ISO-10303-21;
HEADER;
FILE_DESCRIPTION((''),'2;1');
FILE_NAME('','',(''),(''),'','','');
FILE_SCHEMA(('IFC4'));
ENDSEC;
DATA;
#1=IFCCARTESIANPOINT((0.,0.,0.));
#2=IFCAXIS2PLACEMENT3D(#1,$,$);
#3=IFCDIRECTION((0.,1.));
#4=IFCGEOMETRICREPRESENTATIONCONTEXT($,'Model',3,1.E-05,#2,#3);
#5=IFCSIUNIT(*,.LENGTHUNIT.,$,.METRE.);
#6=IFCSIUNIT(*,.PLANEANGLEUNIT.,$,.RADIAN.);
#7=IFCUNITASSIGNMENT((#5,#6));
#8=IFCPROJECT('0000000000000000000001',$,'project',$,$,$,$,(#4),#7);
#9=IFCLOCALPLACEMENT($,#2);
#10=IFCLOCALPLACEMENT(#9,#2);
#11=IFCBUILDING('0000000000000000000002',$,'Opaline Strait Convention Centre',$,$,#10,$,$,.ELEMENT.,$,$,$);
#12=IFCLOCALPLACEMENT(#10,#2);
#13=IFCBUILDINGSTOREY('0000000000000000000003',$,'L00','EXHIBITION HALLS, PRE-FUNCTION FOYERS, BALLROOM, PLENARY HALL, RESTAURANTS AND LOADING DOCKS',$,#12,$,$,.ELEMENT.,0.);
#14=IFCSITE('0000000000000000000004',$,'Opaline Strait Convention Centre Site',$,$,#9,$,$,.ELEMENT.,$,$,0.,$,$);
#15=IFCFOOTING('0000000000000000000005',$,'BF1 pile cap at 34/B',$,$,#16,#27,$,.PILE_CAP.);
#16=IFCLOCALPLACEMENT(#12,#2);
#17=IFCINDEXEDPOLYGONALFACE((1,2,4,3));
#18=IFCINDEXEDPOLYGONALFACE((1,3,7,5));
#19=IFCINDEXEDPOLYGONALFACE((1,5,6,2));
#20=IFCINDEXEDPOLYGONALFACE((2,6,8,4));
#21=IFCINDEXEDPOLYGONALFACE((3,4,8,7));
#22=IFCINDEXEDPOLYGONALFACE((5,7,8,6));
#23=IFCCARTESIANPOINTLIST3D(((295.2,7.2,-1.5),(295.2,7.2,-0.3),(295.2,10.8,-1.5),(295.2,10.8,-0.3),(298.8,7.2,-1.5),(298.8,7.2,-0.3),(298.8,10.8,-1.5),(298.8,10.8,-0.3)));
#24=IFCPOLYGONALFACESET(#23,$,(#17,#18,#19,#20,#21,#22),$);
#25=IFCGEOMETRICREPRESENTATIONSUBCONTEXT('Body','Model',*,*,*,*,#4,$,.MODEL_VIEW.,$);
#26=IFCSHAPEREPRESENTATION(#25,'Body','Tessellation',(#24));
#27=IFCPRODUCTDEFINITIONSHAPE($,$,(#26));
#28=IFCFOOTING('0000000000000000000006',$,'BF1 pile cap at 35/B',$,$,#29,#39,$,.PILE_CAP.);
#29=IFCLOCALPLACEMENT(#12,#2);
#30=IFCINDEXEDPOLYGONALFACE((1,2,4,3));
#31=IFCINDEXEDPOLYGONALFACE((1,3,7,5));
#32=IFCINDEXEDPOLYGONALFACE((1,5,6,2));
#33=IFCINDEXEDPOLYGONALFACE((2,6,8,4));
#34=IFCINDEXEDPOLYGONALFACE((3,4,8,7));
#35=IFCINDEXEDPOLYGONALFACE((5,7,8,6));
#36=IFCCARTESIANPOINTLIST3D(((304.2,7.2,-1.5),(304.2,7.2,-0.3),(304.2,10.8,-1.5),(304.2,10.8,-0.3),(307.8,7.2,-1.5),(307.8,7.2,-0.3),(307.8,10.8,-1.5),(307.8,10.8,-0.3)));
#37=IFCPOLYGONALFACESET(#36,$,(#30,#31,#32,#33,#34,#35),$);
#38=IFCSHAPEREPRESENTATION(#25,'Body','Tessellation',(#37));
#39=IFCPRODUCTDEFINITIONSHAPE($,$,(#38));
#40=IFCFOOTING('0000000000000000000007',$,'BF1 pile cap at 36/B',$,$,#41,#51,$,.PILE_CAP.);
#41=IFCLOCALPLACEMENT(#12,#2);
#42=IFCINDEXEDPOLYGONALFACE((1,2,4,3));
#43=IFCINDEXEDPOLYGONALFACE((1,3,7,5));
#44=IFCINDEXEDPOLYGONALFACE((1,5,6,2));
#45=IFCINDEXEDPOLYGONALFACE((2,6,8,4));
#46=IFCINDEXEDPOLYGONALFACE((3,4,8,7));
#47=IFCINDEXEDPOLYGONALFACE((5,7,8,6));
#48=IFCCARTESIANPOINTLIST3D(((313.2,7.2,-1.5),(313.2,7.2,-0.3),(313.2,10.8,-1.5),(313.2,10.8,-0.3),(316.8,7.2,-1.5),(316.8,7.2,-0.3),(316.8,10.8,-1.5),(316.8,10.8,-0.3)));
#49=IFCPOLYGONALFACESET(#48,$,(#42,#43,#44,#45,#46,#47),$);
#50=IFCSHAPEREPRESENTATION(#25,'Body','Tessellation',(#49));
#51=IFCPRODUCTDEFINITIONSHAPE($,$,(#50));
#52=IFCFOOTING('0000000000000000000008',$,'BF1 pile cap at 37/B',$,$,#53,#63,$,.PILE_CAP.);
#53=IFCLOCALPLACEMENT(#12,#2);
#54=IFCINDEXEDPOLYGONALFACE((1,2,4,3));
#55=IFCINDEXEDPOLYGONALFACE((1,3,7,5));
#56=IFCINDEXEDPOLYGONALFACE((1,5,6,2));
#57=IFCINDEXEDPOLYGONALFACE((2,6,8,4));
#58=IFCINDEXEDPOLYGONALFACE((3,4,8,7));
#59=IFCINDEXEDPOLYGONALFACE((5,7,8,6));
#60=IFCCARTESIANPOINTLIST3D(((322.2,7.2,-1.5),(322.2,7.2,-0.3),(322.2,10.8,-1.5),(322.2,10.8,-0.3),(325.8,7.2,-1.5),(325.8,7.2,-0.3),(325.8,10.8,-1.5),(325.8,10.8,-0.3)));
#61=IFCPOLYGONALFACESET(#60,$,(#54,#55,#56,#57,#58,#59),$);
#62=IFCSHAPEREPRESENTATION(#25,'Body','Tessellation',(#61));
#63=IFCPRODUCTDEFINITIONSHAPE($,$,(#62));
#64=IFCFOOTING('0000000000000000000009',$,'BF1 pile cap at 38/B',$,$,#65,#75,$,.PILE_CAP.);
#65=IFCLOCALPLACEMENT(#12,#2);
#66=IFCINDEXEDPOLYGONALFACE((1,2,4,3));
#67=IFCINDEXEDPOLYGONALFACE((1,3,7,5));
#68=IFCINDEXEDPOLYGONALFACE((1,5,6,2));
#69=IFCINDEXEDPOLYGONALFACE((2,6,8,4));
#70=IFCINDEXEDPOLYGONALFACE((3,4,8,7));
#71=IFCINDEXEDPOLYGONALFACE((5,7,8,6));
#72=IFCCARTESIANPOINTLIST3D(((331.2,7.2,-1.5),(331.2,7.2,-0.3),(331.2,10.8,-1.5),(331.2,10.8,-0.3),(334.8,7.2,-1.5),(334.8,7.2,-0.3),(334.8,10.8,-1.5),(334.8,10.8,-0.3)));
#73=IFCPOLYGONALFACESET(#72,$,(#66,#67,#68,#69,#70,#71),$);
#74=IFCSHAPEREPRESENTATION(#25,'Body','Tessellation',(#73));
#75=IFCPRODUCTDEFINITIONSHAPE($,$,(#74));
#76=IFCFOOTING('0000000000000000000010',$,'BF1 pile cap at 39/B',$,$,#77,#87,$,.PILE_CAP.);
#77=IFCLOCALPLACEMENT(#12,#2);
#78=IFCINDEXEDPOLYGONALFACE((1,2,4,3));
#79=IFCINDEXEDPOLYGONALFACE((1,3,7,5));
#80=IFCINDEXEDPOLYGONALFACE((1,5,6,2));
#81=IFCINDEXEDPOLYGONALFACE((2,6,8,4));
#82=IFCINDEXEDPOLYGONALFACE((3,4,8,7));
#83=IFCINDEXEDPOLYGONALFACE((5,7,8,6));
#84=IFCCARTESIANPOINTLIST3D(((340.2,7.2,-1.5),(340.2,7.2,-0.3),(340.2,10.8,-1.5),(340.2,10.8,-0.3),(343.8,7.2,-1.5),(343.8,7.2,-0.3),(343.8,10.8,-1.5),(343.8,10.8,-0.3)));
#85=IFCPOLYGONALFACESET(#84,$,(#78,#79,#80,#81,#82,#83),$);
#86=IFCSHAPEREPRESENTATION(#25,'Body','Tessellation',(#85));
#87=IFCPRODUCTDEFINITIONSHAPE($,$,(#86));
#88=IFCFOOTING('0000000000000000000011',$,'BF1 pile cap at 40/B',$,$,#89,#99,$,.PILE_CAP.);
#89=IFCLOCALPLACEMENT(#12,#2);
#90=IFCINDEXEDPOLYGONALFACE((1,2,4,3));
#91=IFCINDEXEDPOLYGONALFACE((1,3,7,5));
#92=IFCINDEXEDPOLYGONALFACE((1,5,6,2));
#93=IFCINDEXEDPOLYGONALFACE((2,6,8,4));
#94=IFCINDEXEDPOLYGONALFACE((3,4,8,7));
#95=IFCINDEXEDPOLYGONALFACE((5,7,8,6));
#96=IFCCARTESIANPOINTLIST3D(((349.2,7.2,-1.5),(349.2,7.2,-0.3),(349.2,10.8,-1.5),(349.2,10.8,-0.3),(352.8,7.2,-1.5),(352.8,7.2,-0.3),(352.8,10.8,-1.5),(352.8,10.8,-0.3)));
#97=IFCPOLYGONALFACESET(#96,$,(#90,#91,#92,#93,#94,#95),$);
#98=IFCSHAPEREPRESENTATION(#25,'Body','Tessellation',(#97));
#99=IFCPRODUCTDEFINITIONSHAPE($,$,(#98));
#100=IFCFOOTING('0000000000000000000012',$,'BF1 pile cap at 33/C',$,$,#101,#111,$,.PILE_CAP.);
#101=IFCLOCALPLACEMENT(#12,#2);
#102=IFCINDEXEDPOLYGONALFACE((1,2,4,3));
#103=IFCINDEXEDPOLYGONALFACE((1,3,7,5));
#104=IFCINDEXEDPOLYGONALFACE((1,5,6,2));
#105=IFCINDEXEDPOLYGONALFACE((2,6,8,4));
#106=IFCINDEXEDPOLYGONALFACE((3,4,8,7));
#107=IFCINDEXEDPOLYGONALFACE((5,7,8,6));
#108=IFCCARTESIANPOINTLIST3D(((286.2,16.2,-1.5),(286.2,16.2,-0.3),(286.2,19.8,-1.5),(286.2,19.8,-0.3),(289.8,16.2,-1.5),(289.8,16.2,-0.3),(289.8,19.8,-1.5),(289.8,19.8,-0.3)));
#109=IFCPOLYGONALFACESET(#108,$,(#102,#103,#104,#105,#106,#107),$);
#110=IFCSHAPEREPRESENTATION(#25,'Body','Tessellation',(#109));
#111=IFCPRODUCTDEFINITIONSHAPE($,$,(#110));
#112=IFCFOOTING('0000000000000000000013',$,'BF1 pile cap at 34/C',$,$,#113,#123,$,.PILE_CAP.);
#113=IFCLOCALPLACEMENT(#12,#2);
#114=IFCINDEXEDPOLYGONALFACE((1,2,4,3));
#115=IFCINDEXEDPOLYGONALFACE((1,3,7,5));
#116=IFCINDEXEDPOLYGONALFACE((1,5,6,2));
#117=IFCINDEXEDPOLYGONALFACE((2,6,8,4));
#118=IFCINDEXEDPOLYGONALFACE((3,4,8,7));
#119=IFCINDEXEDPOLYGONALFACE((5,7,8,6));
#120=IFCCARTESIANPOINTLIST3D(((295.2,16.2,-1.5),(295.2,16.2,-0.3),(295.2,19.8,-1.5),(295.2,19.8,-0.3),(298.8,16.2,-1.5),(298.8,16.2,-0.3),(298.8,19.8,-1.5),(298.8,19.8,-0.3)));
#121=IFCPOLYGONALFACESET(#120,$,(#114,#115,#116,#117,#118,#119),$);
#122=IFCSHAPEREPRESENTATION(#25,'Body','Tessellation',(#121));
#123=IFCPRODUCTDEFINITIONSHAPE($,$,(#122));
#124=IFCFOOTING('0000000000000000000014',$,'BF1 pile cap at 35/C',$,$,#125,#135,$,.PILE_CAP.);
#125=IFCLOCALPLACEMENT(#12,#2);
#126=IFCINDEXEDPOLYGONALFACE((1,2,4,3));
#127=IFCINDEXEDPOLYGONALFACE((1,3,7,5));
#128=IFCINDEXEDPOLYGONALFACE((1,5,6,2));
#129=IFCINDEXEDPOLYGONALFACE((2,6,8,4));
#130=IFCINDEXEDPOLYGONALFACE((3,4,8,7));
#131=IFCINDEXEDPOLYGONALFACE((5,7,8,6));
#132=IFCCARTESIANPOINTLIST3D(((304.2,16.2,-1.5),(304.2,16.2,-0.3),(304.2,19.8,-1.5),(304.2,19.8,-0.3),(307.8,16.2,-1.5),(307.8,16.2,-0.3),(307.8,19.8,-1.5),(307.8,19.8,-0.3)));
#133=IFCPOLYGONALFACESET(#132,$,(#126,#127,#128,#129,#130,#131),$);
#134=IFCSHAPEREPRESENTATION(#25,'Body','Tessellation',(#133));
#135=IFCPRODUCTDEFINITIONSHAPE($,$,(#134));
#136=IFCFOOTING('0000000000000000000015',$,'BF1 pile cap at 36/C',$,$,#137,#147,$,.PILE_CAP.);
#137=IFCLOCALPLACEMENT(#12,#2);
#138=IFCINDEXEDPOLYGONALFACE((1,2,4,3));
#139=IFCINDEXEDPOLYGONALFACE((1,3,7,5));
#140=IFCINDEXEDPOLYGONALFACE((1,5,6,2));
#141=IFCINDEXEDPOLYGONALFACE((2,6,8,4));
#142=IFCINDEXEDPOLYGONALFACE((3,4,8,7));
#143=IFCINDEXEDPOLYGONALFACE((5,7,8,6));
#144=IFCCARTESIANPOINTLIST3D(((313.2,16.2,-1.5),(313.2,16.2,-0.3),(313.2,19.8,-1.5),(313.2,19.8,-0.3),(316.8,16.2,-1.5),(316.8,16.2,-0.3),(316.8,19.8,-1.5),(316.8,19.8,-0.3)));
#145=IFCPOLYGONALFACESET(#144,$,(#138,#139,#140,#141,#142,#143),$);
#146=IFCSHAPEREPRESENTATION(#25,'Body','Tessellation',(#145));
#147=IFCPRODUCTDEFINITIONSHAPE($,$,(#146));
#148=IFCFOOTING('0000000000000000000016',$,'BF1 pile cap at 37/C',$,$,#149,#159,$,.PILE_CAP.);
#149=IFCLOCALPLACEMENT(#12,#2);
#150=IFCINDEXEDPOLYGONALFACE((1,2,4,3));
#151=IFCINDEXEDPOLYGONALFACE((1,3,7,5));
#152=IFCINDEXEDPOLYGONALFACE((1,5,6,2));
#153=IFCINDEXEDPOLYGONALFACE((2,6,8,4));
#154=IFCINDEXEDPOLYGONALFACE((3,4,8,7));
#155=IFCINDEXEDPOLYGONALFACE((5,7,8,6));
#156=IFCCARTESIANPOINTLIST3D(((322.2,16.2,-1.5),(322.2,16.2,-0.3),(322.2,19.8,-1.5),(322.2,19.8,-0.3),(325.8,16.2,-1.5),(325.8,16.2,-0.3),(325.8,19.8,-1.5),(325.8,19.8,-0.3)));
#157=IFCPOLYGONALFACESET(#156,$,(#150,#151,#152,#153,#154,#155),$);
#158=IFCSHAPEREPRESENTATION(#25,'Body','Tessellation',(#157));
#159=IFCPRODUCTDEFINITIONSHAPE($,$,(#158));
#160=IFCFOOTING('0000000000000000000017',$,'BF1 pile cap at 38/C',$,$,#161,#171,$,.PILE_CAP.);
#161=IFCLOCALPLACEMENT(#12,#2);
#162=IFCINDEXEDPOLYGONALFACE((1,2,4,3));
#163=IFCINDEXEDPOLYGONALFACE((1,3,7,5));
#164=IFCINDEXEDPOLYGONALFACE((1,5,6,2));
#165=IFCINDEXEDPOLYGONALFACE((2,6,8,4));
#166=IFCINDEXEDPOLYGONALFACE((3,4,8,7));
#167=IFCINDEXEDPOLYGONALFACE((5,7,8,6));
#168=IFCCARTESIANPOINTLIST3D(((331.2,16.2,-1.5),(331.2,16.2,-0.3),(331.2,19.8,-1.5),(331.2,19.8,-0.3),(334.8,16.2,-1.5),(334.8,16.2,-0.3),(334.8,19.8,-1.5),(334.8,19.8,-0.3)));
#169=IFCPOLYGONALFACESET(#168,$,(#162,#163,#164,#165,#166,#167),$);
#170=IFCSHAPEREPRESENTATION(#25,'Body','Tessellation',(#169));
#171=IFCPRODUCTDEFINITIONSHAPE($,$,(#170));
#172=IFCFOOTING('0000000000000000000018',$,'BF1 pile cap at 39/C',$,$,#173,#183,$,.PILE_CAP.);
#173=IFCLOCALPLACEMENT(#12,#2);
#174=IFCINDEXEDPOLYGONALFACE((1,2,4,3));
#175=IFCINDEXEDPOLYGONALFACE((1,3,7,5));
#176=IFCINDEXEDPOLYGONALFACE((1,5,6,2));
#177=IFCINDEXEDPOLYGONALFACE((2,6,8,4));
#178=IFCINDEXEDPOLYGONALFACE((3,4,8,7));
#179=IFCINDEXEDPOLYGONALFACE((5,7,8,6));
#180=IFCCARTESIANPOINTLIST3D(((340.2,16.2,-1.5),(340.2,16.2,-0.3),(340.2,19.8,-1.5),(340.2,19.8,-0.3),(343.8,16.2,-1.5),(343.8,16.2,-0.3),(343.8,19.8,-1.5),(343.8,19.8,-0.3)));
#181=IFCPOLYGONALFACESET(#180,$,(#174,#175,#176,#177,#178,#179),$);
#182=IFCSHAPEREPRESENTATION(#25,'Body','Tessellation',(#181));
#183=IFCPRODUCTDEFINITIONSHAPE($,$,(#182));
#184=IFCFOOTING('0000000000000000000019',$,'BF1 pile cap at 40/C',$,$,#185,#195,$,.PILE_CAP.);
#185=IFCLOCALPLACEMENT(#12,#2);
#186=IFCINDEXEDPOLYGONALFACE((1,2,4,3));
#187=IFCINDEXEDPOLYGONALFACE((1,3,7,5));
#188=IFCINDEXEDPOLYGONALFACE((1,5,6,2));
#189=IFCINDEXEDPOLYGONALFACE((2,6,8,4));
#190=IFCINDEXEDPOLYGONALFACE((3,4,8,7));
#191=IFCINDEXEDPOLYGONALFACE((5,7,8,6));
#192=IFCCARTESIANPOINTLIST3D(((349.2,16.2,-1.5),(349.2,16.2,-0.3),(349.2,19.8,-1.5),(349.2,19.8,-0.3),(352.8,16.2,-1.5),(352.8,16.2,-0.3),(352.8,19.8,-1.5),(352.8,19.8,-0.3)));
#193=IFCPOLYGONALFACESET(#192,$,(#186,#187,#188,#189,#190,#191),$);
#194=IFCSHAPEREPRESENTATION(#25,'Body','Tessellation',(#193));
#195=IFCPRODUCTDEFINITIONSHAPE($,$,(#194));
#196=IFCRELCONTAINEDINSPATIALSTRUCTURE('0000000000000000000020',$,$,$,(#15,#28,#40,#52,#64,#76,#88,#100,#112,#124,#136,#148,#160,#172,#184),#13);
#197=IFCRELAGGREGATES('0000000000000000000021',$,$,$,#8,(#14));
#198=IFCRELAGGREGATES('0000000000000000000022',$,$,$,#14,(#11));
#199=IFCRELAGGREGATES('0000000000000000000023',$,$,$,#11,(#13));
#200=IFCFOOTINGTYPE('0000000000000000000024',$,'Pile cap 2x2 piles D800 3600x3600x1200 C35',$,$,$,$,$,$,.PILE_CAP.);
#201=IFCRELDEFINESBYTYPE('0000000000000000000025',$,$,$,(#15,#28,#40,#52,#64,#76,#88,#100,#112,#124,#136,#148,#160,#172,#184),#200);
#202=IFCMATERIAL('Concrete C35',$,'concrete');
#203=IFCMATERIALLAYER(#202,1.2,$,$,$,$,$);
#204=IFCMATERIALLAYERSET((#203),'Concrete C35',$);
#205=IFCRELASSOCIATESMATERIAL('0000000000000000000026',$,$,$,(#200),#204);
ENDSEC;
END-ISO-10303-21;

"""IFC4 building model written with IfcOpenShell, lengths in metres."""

from ifc_helpers import new_model, si_unit, direction, frame, origin, place, context, subcontext, project, spatial, polyline, outline, extrude, material, layer, layer_set, type_object, element, save


model = new_model("IFC4")

# Units and contexts
model_context = context("Model", 3, precision=1e-05, world=origin(), true_north=direction((0.0, 1.0)))
body_context = subcontext(model_context, "Body", "Model", "MODEL_VIEW")
ifc_project = project(units=[si_unit("LENGTHUNIT", "METRE"), si_unit("PLANEANGLEUNIT", "RADIAN")], contexts=[model_context])

# Site, building, storey
site_placement = place(None, origin())
site = spatial("IfcSite", under=ifc_project, at=site_placement, Name="Opaline Strait Convention Centre Site", CompositionType="ELEMENT", RefElevation=0.0)
building_placement = place(site_placement, origin())
building = spatial("IfcBuilding", under=site, at=building_placement, Name="Opaline Strait Convention Centre", CompositionType="ELEMENT")
storey_placement = place(building_placement, origin())
storey = spatial("IfcBuildingStorey", under=building, at=storey_placement, Name="L00", Description="EXHIBITION HALLS, PRE-FUNCTION FOYERS, BALLROOM, PLENARY HALL, RESTAURANTS AND LOADING DOCKS", CompositionType="ELEMENT", Elevation=0.0)

# Footings
ifc_material = material(Name="Concrete C35", Category="concrete")
ifc_layer = layer(ifc_material, 1.2)
ifc_layer_set = layer_set([ifc_layer], Name="Concrete C35")
footing_type = type_object("IfcFootingType", Name="Pile cap 2x2 piles D800 3600x3600x1200 C35", PredefinedType="PILE_CAP", material=ifc_layer_set)
footing_1_placement = place(storey_placement, frame((0.0, 0.0, -1.5)))
element("IfcFooting", 1, at=footing_1_placement, inside=storey, type_object=footing_type, Name="BF1 pile cap at 34/B", PredefinedType="PILE_CAP", context=body_context, shape_type="SweptSolid", body=[
    extrude(outline(polyline([(295.2, 7.2), (298.8, 7.2), (298.8, 10.8), (295.2, 10.8), (295.2, 7.2)])), origin(), (0.0, 0.0, 1.0), 1.2),
])
footing_2_placement = place(storey_placement, frame((0.0, 0.0, -1.5)))
element("IfcFooting", 2, at=footing_2_placement, inside=storey, type_object=footing_type, Name="BF1 pile cap at 35/B", PredefinedType="PILE_CAP", context=body_context, shape_type="SweptSolid", body=[
    extrude(outline(polyline([(304.2, 7.2), (307.8, 7.2), (307.8, 10.8), (304.2, 10.8), (304.2, 7.2)])), origin(), (0.0, 0.0, 1.0), 1.2),
])
footing_3_placement = place(storey_placement, frame((0.0, 0.0, -1.5)))
element("IfcFooting", 3, at=footing_3_placement, inside=storey, type_object=footing_type, Name="BF1 pile cap at 36/B", PredefinedType="PILE_CAP", context=body_context, shape_type="SweptSolid", body=[
    extrude(outline(polyline([(313.2, 7.2), (316.8, 7.2), (316.8, 10.8), (313.2, 10.8), (313.2, 7.2)])), origin(), (0.0, 0.0, 1.0), 1.2),
])
footing_4_placement = place(storey_placement, frame((0.0, 0.0, -1.5)))
element("IfcFooting", 4, at=footing_4_placement, inside=storey, type_object=footing_type, Name="BF1 pile cap at 37/B", PredefinedType="PILE_CAP", context=body_context, shape_type="SweptSolid", body=[
    extrude(outline(polyline([(322.2, 7.2), (325.8, 7.2), (325.8, 10.8), (322.2, 10.8), (322.2, 7.2)])), origin(), (0.0, 0.0, 1.0), 1.2),
])
footing_5_placement = place(storey_placement, frame((0.0, 0.0, -1.5)))
element("IfcFooting", 5, at=footing_5_placement, inside=storey, type_object=footing_type, Name="BF1 pile cap at 38/B", PredefinedType="PILE_CAP", context=body_context, shape_type="SweptSolid", body=[
    extrude(outline(polyline([(331.2, 7.2), (334.8, 7.2), (334.8, 10.8), (331.2, 10.8), (331.2, 7.2)])), origin(), (0.0, 0.0, 1.0), 1.2),
])
footing_6_placement = place(storey_placement, frame((0.0, 0.0, -1.5)))
element("IfcFooting", 6, at=footing_6_placement, inside=storey, type_object=footing_type, Name="BF1 pile cap at 39/B", PredefinedType="PILE_CAP", context=body_context, shape_type="SweptSolid", body=[
    extrude(outline(polyline([(340.2, 7.2), (343.8, 7.2), (343.8, 10.8), (340.2, 10.8), (340.2, 7.2)])), origin(), (0.0, 0.0, 1.0), 1.2),
])
footing_7_placement = place(storey_placement, frame((0.0, 0.0, -1.5)))
element("IfcFooting", 7, at=footing_7_placement, inside=storey, type_object=footing_type, Name="BF1 pile cap at 40/B", PredefinedType="PILE_CAP", context=body_context, shape_type="SweptSolid", body=[
    extrude(outline(polyline([(349.2, 7.2), (352.8, 7.2), (352.8, 10.8), (349.2, 10.8), (349.2, 7.2)])), origin(), (0.0, 0.0, 1.0), 1.2),
])
footing_8_placement = place(storey_placement, frame((0.0, 0.0, -1.5)))
element("IfcFooting", 8, at=footing_8_placement, inside=storey, type_object=footing_type, Name="BF1 pile cap at 33/C", PredefinedType="PILE_CAP", context=body_context, shape_type="SweptSolid", body=[
    extrude(outline(polyline([(286.2, 16.2), (289.8, 16.2), (289.8, 19.8), (286.2, 19.8), (286.2, 16.2)])), origin(), (0.0, 0.0, 1.0), 1.2),
])
footing_9_placement = place(storey_placement, frame((0.0, 0.0, -1.5)))
element("IfcFooting", 9, at=footing_9_placement, inside=storey, type_object=footing_type, Name="BF1 pile cap at 34/C", PredefinedType="PILE_CAP", context=body_context, shape_type="SweptSolid", body=[
    extrude(outline(polyline([(295.2, 16.2), (298.8, 16.2), (298.8, 19.8), (295.2, 19.8), (295.2, 16.2)])), origin(), (0.0, 0.0, 1.0), 1.2),
])
footing_10_placement = place(storey_placement, frame((0.0, 0.0, -1.5)))
element("IfcFooting", 10, at=footing_10_placement, inside=storey, type_object=footing_type, Name="BF1 pile cap at 35/C", PredefinedType="PILE_CAP", context=body_context, shape_type="SweptSolid", body=[
    extrude(outline(polyline([(304.2, 16.2), (307.8, 16.2), (307.8, 19.8), (304.2, 19.8), (304.2, 16.2)])), origin(), (0.0, 0.0, 1.0), 1.2),
])
footing_11_placement = place(storey_placement, frame((0.0, 0.0, -1.5)))
element("IfcFooting", 11, at=footing_11_placement, inside=storey, type_object=footing_type, Name="BF1 pile cap at 36/C", PredefinedType="PILE_CAP", context=body_context, shape_type="SweptSolid", body=[
    extrude(outline(polyline([(313.2, 16.2), (316.8, 16.2), (316.8, 19.8), (313.2, 19.8), (313.2, 16.2)])), origin(), (0.0, 0.0, 1.0), 1.2),
])
footing_12_placement = place(storey_placement, frame((0.0, 0.0, -1.5)))
element("IfcFooting", 12, at=footing_12_placement, inside=storey, type_object=footing_type, Name="BF1 pile cap at 37/C", PredefinedType="PILE_CAP", context=body_context, shape_type="SweptSolid", body=[
    extrude(outline(polyline([(322.2, 16.2), (325.8, 16.2), (325.8, 19.8), (322.2, 19.8), (322.2, 16.2)])), origin(), (0.0, 0.0, 1.0), 1.2),
])
footing_13_placement = place(storey_placement, frame((0.0, 0.0, -1.5)))
element("IfcFooting", 13, at=footing_13_placement, inside=storey, type_object=footing_type, Name="BF1 pile cap at 38/C", PredefinedType="PILE_CAP", context=body_context, shape_type="SweptSolid", body=[
    extrude(outline(polyline([(331.2, 16.2), (334.8, 16.2), (334.8, 19.8), (331.2, 19.8), (331.2, 16.2)])), origin(), (0.0, 0.0, 1.0), 1.2),
])
footing_14_placement = place(storey_placement, frame((0.0, 0.0, -1.5)))
element("IfcFooting", 14, at=footing_14_placement, inside=storey, type_object=footing_type, Name="BF1 pile cap at 39/C", PredefinedType="PILE_CAP", context=body_context, shape_type="SweptSolid", body=[
    extrude(outline(polyline([(340.2, 16.2), (343.8, 16.2), (343.8, 19.8), (340.2, 19.8), (340.2, 16.2)])), origin(), (0.0, 0.0, 1.0), 1.2),
])
footing_15_placement = place(storey_placement, frame((0.0, 0.0, -1.5)))
element("IfcFooting", 15, at=footing_15_placement, inside=storey, type_object=footing_type, Name="BF1 pile cap at 40/C", PredefinedType="PILE_CAP", context=body_context, shape_type="SweptSolid", body=[
    extrude(outline(polyline([(349.2, 16.2), (352.8, 16.2), (352.8, 19.8), (349.2, 19.8), (349.2, 16.2)])), origin(), (0.0, 0.0, 1.0), 1.2),
])

save(model, "model.ifc")
